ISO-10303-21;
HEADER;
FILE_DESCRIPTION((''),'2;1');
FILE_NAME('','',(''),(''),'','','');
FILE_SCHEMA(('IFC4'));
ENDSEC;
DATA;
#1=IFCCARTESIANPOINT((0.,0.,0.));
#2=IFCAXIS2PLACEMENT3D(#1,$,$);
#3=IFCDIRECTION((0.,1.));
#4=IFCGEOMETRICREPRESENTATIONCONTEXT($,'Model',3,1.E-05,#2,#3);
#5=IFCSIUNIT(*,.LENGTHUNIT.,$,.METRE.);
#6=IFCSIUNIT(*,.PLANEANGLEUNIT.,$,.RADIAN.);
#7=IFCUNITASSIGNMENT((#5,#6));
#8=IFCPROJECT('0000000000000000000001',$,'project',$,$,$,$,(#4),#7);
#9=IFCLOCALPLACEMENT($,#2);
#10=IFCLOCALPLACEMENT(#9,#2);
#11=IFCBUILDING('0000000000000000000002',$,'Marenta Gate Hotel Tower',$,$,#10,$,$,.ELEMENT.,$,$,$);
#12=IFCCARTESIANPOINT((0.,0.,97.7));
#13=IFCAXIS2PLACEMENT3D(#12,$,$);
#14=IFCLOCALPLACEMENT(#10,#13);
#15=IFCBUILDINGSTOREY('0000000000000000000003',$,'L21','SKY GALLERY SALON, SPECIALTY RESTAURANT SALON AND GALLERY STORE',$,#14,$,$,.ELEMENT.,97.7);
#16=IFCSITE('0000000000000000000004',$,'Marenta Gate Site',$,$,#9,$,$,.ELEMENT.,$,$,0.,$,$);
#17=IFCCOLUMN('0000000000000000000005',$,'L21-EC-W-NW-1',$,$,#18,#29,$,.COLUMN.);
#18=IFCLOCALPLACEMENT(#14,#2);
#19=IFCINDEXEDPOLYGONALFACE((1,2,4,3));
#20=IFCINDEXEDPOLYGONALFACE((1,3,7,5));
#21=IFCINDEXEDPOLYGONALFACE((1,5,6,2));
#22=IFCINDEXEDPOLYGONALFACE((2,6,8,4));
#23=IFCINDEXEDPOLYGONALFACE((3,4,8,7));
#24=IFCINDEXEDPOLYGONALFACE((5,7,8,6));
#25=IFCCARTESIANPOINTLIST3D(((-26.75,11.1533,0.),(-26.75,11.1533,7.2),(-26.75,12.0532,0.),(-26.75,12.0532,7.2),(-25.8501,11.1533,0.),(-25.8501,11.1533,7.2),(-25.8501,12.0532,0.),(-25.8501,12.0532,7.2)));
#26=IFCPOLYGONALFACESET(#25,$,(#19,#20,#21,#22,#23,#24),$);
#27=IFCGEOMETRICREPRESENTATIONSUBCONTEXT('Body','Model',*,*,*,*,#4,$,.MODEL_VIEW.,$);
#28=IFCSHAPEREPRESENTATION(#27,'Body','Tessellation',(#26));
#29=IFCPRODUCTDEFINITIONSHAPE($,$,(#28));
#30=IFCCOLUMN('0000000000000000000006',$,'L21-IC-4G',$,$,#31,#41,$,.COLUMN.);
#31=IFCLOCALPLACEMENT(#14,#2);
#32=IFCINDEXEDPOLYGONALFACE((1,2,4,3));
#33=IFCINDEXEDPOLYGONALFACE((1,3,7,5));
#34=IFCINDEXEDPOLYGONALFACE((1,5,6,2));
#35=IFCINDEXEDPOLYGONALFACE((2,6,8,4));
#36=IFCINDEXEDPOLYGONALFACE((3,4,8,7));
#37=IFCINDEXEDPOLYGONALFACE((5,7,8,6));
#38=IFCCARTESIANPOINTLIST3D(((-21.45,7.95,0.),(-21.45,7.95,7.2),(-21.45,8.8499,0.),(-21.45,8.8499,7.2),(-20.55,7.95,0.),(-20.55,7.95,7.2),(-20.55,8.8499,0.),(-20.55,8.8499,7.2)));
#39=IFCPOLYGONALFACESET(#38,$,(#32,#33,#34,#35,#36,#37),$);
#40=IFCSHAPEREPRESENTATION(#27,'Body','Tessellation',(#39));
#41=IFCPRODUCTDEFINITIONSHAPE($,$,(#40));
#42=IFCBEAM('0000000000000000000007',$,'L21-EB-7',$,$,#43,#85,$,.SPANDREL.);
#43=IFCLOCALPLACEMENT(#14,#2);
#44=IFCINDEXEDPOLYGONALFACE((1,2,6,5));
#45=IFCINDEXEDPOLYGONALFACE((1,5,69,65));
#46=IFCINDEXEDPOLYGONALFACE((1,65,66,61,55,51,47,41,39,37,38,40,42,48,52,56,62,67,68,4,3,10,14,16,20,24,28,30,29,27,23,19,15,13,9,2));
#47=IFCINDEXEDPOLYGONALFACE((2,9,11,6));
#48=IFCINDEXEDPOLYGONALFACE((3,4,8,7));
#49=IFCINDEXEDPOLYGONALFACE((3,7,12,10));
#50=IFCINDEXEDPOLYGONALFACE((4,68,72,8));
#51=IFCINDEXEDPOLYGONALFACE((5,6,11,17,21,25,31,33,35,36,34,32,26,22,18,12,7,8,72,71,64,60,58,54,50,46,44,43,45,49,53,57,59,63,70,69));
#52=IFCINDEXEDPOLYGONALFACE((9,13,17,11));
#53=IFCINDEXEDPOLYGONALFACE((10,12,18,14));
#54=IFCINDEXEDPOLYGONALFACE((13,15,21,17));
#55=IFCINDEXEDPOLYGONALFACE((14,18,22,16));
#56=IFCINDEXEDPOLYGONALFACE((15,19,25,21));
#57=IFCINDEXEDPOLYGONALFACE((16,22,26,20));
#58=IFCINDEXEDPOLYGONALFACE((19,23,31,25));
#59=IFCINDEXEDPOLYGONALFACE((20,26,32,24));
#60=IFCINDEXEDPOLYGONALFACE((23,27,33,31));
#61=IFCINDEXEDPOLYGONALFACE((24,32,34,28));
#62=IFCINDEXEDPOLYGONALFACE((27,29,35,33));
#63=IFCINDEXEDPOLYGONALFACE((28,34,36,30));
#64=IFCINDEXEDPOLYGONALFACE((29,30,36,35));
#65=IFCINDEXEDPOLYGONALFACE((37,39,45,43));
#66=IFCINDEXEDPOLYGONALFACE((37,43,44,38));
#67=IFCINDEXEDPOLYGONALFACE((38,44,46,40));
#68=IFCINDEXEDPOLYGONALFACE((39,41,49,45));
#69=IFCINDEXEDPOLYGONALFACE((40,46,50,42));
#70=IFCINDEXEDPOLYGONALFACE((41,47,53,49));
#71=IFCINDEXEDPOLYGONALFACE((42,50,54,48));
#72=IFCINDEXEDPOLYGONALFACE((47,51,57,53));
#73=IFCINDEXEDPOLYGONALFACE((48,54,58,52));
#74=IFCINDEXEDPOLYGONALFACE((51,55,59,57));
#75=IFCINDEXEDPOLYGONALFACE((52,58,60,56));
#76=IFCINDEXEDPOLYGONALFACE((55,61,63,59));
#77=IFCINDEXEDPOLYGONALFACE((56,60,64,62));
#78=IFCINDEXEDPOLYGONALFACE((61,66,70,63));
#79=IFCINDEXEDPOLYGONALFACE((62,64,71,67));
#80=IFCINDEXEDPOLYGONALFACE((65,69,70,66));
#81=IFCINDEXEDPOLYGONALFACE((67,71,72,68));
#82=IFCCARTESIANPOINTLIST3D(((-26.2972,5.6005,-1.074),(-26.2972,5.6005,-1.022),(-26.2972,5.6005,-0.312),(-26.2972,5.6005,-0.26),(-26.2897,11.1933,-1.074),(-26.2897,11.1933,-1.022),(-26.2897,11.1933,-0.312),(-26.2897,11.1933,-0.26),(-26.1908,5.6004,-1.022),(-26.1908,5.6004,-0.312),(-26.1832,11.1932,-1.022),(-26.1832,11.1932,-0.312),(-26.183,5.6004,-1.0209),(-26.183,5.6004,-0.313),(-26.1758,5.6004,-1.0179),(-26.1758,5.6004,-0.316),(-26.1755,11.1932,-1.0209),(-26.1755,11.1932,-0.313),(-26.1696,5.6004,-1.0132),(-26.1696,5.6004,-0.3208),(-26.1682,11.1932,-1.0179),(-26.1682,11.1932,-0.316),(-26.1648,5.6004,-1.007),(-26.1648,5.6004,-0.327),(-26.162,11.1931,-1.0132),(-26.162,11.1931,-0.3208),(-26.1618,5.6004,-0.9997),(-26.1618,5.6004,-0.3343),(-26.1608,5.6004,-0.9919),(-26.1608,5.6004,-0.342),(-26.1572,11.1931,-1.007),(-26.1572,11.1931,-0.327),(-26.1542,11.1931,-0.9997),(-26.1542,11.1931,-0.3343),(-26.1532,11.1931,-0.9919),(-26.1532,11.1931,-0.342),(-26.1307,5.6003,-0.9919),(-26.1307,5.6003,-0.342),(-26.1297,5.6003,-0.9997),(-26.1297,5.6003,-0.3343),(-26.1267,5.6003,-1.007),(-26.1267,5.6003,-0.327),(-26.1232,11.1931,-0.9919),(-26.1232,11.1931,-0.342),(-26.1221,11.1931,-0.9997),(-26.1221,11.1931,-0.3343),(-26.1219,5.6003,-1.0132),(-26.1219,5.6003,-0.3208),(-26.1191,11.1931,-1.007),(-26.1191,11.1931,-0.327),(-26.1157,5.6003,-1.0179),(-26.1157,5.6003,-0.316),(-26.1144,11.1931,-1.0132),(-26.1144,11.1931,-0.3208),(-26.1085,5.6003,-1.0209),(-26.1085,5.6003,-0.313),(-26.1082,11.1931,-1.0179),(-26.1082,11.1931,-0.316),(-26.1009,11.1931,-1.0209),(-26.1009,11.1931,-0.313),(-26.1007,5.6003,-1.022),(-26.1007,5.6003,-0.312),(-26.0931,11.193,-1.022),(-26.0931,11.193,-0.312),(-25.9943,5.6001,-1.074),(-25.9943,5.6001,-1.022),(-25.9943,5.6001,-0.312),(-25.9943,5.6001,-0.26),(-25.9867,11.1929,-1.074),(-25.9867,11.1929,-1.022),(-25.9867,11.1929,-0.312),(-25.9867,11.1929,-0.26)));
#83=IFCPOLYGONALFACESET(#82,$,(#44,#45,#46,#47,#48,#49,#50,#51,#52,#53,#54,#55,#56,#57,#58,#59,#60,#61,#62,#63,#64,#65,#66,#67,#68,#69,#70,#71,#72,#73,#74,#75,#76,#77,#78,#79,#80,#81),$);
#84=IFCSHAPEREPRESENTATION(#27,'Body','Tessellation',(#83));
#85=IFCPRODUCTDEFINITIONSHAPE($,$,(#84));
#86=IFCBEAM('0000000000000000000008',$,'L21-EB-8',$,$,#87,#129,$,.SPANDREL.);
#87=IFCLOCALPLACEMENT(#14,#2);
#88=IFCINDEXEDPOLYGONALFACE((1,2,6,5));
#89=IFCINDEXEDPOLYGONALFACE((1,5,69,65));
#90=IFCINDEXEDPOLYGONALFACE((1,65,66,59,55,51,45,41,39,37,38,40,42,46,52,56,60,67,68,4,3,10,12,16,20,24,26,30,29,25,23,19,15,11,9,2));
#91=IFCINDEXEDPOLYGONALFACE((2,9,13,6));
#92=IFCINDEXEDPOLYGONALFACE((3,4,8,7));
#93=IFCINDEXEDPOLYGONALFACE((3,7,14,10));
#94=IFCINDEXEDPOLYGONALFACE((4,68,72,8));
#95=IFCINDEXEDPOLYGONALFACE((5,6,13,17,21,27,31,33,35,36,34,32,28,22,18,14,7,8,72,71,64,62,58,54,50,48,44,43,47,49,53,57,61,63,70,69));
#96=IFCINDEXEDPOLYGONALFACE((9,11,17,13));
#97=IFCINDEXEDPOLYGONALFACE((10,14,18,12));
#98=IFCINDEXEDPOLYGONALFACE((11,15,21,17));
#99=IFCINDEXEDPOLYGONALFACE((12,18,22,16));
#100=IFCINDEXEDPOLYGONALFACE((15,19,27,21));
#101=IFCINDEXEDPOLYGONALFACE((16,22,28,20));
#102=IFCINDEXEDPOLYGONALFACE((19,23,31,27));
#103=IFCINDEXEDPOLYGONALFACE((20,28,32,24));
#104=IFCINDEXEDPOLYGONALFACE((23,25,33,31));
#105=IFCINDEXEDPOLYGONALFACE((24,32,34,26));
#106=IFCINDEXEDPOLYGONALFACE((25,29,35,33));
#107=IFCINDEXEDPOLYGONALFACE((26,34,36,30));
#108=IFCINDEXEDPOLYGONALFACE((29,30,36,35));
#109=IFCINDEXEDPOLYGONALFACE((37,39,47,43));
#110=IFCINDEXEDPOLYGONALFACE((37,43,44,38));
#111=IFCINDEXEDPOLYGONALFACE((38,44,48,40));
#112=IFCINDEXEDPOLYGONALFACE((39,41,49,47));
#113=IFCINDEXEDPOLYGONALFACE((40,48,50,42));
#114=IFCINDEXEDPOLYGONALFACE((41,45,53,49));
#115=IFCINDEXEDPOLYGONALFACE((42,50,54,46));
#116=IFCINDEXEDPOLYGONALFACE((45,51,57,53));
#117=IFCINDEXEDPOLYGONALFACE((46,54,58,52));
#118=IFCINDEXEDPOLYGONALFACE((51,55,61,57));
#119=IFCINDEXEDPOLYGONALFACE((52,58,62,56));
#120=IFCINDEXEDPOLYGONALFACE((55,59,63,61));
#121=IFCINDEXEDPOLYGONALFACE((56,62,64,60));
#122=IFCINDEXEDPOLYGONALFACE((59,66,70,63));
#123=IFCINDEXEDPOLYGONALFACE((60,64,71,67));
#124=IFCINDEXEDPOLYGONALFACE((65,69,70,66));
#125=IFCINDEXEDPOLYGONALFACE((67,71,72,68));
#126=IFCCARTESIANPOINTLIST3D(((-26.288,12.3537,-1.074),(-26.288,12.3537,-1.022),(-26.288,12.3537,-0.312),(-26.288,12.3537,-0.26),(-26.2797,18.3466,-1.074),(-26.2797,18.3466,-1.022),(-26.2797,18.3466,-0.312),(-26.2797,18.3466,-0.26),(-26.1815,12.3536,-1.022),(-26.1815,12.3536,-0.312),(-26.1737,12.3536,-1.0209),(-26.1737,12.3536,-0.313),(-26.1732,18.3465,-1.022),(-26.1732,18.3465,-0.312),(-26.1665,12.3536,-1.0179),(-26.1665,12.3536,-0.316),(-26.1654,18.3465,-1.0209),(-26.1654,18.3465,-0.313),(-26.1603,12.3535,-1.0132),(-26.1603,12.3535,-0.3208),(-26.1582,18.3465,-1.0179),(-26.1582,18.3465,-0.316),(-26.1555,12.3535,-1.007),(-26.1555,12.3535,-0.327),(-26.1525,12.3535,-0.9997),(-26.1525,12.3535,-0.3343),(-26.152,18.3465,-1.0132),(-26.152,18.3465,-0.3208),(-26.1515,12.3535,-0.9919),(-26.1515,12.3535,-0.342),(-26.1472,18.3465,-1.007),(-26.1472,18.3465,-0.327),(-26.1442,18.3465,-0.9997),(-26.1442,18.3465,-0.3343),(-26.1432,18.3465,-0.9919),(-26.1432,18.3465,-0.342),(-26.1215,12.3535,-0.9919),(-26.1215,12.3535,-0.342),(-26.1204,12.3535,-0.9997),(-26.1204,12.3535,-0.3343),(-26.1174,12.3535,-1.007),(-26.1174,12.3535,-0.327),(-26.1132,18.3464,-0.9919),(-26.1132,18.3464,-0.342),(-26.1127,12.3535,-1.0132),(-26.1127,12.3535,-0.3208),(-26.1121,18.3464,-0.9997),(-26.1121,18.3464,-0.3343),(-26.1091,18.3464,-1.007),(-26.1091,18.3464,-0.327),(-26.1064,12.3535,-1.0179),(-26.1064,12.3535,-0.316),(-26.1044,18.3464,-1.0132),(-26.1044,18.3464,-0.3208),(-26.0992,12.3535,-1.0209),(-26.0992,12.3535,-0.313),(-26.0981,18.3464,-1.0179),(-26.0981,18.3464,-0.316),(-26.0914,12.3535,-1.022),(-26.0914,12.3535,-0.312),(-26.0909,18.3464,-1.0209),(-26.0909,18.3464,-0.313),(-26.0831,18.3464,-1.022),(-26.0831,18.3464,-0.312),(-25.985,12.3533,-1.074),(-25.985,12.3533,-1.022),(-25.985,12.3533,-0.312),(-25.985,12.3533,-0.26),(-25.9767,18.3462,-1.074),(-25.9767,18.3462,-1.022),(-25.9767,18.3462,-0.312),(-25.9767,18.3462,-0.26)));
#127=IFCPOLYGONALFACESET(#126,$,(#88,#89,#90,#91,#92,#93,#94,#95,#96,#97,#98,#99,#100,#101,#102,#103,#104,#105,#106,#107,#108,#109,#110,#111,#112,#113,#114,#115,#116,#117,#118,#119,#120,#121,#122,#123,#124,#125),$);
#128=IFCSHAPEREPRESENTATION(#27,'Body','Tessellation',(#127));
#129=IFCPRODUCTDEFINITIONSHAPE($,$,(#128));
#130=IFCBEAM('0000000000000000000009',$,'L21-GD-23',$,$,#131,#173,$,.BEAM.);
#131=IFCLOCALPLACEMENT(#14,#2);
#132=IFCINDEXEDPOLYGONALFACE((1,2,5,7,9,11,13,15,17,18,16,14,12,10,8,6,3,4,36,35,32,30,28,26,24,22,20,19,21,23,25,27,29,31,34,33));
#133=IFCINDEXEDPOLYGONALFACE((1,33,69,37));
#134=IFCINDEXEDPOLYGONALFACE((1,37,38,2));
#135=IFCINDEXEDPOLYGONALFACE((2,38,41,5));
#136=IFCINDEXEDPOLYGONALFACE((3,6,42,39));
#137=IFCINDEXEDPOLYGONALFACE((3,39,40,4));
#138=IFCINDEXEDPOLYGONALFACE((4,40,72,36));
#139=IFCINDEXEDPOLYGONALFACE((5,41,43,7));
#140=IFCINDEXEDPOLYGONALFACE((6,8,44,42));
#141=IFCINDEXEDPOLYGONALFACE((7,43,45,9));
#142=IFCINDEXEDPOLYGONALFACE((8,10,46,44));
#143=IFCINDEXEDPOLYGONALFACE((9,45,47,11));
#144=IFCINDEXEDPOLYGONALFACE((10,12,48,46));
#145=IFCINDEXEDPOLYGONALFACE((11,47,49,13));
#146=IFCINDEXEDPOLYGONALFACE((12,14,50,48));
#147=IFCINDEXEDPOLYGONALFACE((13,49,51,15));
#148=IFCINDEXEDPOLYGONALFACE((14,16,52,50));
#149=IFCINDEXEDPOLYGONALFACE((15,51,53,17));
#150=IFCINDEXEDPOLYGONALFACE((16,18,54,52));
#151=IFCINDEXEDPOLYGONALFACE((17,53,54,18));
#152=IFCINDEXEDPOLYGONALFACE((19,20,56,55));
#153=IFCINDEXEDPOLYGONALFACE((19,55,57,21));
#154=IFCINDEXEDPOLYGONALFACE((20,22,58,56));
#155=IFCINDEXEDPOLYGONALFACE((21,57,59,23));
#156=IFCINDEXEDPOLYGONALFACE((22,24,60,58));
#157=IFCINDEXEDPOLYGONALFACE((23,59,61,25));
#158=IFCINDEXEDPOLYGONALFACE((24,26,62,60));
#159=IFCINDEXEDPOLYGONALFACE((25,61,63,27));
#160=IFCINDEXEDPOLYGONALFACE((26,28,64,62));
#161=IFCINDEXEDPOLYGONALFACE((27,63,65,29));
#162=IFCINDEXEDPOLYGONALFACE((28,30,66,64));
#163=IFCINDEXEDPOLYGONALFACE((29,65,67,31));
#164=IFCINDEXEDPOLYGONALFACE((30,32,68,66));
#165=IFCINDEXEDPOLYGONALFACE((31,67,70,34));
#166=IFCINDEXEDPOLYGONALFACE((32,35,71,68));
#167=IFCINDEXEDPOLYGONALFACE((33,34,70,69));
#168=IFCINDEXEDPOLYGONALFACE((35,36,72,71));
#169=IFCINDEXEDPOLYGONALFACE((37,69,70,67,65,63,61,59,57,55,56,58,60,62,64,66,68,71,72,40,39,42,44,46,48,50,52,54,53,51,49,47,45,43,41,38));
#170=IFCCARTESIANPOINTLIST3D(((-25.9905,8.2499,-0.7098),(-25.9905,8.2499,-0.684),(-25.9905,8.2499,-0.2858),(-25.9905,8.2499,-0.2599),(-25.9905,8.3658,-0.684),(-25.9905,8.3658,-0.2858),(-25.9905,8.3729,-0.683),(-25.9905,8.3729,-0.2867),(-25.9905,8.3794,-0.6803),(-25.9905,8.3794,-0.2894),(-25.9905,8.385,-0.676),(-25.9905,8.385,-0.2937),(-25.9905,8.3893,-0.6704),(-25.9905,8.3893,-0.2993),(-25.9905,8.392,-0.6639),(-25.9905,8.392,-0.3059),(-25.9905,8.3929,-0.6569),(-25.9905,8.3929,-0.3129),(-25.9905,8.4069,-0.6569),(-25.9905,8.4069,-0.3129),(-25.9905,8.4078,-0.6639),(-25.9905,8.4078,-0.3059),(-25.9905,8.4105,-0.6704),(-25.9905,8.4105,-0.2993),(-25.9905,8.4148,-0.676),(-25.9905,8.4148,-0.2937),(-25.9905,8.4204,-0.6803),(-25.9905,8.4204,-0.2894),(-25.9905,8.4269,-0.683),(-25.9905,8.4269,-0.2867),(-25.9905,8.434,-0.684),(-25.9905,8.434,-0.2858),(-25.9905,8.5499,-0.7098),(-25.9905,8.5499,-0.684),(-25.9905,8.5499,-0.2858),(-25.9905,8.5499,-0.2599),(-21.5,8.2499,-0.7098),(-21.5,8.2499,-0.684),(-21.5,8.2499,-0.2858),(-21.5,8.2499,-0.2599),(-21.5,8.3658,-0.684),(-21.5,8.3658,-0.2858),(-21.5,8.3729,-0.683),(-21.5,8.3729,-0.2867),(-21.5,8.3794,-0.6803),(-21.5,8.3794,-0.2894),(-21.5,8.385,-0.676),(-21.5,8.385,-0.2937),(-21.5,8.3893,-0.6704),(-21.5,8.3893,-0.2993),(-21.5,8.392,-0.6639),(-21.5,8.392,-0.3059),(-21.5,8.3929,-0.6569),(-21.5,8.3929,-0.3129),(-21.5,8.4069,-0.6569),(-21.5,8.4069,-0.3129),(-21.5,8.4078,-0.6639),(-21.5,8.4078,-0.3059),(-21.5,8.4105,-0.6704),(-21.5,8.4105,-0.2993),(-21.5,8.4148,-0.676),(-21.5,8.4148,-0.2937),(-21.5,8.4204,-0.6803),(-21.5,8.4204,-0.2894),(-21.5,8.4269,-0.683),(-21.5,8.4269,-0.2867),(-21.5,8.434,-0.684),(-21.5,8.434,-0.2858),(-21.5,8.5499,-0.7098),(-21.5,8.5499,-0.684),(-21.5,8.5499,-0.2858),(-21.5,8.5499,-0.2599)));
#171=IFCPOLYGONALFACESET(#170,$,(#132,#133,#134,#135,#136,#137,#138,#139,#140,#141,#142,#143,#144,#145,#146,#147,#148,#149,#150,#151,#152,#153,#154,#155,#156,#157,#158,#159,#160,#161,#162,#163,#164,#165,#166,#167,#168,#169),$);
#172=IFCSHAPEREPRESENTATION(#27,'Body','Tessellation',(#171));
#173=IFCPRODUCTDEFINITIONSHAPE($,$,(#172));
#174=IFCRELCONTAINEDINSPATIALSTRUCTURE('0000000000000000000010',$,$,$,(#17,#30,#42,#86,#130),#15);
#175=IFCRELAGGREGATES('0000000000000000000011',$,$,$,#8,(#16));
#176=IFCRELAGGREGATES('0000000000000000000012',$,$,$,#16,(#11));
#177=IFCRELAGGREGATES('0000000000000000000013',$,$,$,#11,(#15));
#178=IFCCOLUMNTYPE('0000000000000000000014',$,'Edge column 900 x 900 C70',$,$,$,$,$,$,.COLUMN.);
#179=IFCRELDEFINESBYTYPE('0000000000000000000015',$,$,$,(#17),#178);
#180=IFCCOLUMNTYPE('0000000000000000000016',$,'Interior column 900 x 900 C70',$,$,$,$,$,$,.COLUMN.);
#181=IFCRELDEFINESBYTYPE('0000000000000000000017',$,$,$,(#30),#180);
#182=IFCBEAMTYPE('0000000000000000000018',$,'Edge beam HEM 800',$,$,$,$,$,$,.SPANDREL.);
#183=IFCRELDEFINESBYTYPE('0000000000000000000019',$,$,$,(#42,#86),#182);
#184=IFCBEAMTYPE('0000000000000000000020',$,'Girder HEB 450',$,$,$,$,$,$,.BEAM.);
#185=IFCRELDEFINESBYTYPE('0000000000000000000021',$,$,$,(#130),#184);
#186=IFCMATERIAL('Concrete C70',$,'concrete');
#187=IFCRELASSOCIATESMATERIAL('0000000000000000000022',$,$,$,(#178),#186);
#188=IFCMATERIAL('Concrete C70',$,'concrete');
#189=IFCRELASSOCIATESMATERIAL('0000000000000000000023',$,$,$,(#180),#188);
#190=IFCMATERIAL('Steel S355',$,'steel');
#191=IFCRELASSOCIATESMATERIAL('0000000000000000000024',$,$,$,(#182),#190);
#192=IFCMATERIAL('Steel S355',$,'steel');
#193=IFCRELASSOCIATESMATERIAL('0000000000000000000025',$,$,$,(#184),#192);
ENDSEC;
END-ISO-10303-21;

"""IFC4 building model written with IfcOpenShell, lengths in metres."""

from ifc_helpers import new_model, si_unit, direction, frame, origin, origin_2d, place, context, subcontext, project, spatial, rectangle, i_section, extrude, material, material_profile, profile_set, type_object, element, save


model = new_model("IFC4")

# Units and contexts
model_context = context("Model", 3, precision=1e-05, world=origin(), true_north=direction((0.0, 1.0)))
body_context = subcontext(model_context, "Body", "Model", "MODEL_VIEW")
ifc_project = project(units=[si_unit("LENGTHUNIT", "METRE"), si_unit("PLANEANGLEUNIT", "RADIAN")], contexts=[model_context])

# Site, building, storey
site_placement = place(None, origin())
site = spatial("IfcSite", under=ifc_project, at=site_placement, Name="Marenta Gate Site", CompositionType="ELEMENT", RefElevation=0.0)
building_placement = place(site_placement, origin())
building = spatial("IfcBuilding", under=site, at=building_placement, Name="Marenta Gate Hotel Tower", CompositionType="ELEMENT")
storey_placement = place(building_placement, frame((0.0, 0.0, 97.7)))
storey = spatial("IfcBuildingStorey", under=building, at=storey_placement, Name="L21", Description="SKY GALLERY SALON, SPECIALTY RESTAURANT SALON AND GALLERY STORE", CompositionType="ELEMENT", Elevation=97.7)

# Columns
ifc_material_1 = material(Name="Concrete C70", Category="concrete")
ifc_material_profile_1 = material_profile(ifc_material_1, rectangle(XDim=0.8999, YDim=0.8999, at=origin_2d()), Name="900 x 900")
ifc_profile_set_1 = profile_set([ifc_material_profile_1], Name="Concrete C70")
column_type_1 = type_object("IfcColumnType", Name="Edge column 900 x 900 C70", PredefinedType="COLUMN", material=ifc_profile_set_1)
column_1_placement = place(storey_placement, frame((-26.3, 11.6033, 0.0), z_axis=(0.0, 0.0, 1.0), x_axis=(1.0, 0.0, 0.0)))
element("IfcColumn", 1, at=column_1_placement, inside=storey, type_object=column_type_1, Name="L21-EC-W-NW-1", PredefinedType="COLUMN", context=body_context, shape_type="SweptSolid", body=[
    extrude(rectangle(XDim=0.8999, YDim=0.8999, at=origin_2d()), origin(), (0.0, 0.0, 1.0), 7.2),
])
ifc_material_2 = material(Name="Concrete C70", Category="concrete")
ifc_material_profile_2 = material_profile(ifc_material_2, rectangle(XDim=0.8999, YDim=0.8999, at=origin_2d()), Name="900 x 900")
ifc_profile_set_2 = profile_set([ifc_material_profile_2], Name="Concrete C70")
column_type_2 = type_object("IfcColumnType", Name="Interior column 900 x 900 C70", PredefinedType="COLUMN", material=ifc_profile_set_2)
column_2_placement = place(storey_placement, frame((-21.0, 8.3999, 0.0), z_axis=(0.0, 0.0, 1.0), x_axis=(1.0, 0.0, 0.0)))
element("IfcColumn", 2, at=column_2_placement, inside=storey, type_object=column_type_2, Name="L21-IC-4G", PredefinedType="COLUMN", context=body_context, shape_type="SweptSolid", body=[
    extrude(rectangle(XDim=0.8999, YDim=0.8999, at=origin_2d()), origin(), (0.0, 0.0, 1.0), 7.2),
])

# Beams
ifc_material_3 = material(Name="Steel S355", Category="steel")
ifc_material_profile_3 = material_profile(ifc_material_3, i_section(OverallWidth=0.303, OverallDepth=0.814, WebThickness=0.03, FlangeThickness=0.052, FilletRadius=0.03, at=origin_2d()), Name="HEM 800")
ifc_profile_set_3 = profile_set([ifc_material_profile_3], Name="Steel S355")
beam_type_1 = type_object("IfcBeamType", Name="Edge beam HEM 800", PredefinedType="SPANDREL", material=ifc_profile_set_3)
beam_1_placement = place(storey_placement, frame((-26.1458, 5.6003, -0.667), z_axis=(0.001353, 0.999999, 0.0), x_axis=(-0.999999, 0.001353, 0.0)))
element("IfcBeam", 3, at=beam_1_placement, inside=storey, type_object=beam_type_1, Name="L21-EB-7", PredefinedType="SPANDREL", context=body_context, shape_type="SweptSolid", body=[
    extrude(i_section(OverallWidth=0.303, OverallDepth=0.814, WebThickness=0.03, FlangeThickness=0.052, FilletRadius=0.03, at=origin_2d()), origin(), (0.0, 0.0, 1.0), 5.5928),
])
beam_2_placement = place(storey_placement, frame((-26.1365, 12.3535, -0.667), z_axis=(0.001385, 0.999999, 0.0), x_axis=(-0.999999, 0.001385, 0.0)))
element("IfcBeam", 4, at=beam_2_placement, inside=storey, type_object=beam_type_1, Name="L21-EB-8", PredefinedType="SPANDREL", context=body_context, shape_type="SweptSolid", body=[
    extrude(i_section(OverallWidth=0.303, OverallDepth=0.814, WebThickness=0.03, FlangeThickness=0.052, FilletRadius=0.03, at=origin_2d()), origin(), (0.0, 0.0, 1.0), 5.9929),
])
ifc_material_4 = material(Name="Steel S355", Category="steel")
ifc_material_profile_4 = material_profile(ifc_material_4, i_section(OverallWidth=0.3, OverallDepth=0.45, WebThickness=0.0139, FlangeThickness=0.0259, FilletRadius=0.0271, at=origin_2d()), Name="HEB 450")
ifc_profile_set_4 = profile_set([ifc_material_profile_4], Name="Steel S355")
beam_type_2 = type_object("IfcBeamType", Name="Girder HEB 450", PredefinedType="BEAM", material=ifc_profile_set_4)
beam_3_placement = place(storey_placement, frame((-25.9905, 8.3999, -0.4849), z_axis=(1.0, 0.0, 0.0), x_axis=(0.0, 1.0, 0.0)))
element("IfcBeam", 5, at=beam_3_placement, inside=storey, type_object=beam_type_2, Name="L21-GD-23", PredefinedType="BEAM", context=body_context, shape_type="SweptSolid", body=[
    extrude(i_section(OverallWidth=0.3, OverallDepth=0.45, WebThickness=0.0139, FlangeThickness=0.0259, FilletRadius=0.0271, at=origin_2d()), origin(), (0.0, 0.0, 1.0), 4.4905),
])

save(model, "model.ifc")
